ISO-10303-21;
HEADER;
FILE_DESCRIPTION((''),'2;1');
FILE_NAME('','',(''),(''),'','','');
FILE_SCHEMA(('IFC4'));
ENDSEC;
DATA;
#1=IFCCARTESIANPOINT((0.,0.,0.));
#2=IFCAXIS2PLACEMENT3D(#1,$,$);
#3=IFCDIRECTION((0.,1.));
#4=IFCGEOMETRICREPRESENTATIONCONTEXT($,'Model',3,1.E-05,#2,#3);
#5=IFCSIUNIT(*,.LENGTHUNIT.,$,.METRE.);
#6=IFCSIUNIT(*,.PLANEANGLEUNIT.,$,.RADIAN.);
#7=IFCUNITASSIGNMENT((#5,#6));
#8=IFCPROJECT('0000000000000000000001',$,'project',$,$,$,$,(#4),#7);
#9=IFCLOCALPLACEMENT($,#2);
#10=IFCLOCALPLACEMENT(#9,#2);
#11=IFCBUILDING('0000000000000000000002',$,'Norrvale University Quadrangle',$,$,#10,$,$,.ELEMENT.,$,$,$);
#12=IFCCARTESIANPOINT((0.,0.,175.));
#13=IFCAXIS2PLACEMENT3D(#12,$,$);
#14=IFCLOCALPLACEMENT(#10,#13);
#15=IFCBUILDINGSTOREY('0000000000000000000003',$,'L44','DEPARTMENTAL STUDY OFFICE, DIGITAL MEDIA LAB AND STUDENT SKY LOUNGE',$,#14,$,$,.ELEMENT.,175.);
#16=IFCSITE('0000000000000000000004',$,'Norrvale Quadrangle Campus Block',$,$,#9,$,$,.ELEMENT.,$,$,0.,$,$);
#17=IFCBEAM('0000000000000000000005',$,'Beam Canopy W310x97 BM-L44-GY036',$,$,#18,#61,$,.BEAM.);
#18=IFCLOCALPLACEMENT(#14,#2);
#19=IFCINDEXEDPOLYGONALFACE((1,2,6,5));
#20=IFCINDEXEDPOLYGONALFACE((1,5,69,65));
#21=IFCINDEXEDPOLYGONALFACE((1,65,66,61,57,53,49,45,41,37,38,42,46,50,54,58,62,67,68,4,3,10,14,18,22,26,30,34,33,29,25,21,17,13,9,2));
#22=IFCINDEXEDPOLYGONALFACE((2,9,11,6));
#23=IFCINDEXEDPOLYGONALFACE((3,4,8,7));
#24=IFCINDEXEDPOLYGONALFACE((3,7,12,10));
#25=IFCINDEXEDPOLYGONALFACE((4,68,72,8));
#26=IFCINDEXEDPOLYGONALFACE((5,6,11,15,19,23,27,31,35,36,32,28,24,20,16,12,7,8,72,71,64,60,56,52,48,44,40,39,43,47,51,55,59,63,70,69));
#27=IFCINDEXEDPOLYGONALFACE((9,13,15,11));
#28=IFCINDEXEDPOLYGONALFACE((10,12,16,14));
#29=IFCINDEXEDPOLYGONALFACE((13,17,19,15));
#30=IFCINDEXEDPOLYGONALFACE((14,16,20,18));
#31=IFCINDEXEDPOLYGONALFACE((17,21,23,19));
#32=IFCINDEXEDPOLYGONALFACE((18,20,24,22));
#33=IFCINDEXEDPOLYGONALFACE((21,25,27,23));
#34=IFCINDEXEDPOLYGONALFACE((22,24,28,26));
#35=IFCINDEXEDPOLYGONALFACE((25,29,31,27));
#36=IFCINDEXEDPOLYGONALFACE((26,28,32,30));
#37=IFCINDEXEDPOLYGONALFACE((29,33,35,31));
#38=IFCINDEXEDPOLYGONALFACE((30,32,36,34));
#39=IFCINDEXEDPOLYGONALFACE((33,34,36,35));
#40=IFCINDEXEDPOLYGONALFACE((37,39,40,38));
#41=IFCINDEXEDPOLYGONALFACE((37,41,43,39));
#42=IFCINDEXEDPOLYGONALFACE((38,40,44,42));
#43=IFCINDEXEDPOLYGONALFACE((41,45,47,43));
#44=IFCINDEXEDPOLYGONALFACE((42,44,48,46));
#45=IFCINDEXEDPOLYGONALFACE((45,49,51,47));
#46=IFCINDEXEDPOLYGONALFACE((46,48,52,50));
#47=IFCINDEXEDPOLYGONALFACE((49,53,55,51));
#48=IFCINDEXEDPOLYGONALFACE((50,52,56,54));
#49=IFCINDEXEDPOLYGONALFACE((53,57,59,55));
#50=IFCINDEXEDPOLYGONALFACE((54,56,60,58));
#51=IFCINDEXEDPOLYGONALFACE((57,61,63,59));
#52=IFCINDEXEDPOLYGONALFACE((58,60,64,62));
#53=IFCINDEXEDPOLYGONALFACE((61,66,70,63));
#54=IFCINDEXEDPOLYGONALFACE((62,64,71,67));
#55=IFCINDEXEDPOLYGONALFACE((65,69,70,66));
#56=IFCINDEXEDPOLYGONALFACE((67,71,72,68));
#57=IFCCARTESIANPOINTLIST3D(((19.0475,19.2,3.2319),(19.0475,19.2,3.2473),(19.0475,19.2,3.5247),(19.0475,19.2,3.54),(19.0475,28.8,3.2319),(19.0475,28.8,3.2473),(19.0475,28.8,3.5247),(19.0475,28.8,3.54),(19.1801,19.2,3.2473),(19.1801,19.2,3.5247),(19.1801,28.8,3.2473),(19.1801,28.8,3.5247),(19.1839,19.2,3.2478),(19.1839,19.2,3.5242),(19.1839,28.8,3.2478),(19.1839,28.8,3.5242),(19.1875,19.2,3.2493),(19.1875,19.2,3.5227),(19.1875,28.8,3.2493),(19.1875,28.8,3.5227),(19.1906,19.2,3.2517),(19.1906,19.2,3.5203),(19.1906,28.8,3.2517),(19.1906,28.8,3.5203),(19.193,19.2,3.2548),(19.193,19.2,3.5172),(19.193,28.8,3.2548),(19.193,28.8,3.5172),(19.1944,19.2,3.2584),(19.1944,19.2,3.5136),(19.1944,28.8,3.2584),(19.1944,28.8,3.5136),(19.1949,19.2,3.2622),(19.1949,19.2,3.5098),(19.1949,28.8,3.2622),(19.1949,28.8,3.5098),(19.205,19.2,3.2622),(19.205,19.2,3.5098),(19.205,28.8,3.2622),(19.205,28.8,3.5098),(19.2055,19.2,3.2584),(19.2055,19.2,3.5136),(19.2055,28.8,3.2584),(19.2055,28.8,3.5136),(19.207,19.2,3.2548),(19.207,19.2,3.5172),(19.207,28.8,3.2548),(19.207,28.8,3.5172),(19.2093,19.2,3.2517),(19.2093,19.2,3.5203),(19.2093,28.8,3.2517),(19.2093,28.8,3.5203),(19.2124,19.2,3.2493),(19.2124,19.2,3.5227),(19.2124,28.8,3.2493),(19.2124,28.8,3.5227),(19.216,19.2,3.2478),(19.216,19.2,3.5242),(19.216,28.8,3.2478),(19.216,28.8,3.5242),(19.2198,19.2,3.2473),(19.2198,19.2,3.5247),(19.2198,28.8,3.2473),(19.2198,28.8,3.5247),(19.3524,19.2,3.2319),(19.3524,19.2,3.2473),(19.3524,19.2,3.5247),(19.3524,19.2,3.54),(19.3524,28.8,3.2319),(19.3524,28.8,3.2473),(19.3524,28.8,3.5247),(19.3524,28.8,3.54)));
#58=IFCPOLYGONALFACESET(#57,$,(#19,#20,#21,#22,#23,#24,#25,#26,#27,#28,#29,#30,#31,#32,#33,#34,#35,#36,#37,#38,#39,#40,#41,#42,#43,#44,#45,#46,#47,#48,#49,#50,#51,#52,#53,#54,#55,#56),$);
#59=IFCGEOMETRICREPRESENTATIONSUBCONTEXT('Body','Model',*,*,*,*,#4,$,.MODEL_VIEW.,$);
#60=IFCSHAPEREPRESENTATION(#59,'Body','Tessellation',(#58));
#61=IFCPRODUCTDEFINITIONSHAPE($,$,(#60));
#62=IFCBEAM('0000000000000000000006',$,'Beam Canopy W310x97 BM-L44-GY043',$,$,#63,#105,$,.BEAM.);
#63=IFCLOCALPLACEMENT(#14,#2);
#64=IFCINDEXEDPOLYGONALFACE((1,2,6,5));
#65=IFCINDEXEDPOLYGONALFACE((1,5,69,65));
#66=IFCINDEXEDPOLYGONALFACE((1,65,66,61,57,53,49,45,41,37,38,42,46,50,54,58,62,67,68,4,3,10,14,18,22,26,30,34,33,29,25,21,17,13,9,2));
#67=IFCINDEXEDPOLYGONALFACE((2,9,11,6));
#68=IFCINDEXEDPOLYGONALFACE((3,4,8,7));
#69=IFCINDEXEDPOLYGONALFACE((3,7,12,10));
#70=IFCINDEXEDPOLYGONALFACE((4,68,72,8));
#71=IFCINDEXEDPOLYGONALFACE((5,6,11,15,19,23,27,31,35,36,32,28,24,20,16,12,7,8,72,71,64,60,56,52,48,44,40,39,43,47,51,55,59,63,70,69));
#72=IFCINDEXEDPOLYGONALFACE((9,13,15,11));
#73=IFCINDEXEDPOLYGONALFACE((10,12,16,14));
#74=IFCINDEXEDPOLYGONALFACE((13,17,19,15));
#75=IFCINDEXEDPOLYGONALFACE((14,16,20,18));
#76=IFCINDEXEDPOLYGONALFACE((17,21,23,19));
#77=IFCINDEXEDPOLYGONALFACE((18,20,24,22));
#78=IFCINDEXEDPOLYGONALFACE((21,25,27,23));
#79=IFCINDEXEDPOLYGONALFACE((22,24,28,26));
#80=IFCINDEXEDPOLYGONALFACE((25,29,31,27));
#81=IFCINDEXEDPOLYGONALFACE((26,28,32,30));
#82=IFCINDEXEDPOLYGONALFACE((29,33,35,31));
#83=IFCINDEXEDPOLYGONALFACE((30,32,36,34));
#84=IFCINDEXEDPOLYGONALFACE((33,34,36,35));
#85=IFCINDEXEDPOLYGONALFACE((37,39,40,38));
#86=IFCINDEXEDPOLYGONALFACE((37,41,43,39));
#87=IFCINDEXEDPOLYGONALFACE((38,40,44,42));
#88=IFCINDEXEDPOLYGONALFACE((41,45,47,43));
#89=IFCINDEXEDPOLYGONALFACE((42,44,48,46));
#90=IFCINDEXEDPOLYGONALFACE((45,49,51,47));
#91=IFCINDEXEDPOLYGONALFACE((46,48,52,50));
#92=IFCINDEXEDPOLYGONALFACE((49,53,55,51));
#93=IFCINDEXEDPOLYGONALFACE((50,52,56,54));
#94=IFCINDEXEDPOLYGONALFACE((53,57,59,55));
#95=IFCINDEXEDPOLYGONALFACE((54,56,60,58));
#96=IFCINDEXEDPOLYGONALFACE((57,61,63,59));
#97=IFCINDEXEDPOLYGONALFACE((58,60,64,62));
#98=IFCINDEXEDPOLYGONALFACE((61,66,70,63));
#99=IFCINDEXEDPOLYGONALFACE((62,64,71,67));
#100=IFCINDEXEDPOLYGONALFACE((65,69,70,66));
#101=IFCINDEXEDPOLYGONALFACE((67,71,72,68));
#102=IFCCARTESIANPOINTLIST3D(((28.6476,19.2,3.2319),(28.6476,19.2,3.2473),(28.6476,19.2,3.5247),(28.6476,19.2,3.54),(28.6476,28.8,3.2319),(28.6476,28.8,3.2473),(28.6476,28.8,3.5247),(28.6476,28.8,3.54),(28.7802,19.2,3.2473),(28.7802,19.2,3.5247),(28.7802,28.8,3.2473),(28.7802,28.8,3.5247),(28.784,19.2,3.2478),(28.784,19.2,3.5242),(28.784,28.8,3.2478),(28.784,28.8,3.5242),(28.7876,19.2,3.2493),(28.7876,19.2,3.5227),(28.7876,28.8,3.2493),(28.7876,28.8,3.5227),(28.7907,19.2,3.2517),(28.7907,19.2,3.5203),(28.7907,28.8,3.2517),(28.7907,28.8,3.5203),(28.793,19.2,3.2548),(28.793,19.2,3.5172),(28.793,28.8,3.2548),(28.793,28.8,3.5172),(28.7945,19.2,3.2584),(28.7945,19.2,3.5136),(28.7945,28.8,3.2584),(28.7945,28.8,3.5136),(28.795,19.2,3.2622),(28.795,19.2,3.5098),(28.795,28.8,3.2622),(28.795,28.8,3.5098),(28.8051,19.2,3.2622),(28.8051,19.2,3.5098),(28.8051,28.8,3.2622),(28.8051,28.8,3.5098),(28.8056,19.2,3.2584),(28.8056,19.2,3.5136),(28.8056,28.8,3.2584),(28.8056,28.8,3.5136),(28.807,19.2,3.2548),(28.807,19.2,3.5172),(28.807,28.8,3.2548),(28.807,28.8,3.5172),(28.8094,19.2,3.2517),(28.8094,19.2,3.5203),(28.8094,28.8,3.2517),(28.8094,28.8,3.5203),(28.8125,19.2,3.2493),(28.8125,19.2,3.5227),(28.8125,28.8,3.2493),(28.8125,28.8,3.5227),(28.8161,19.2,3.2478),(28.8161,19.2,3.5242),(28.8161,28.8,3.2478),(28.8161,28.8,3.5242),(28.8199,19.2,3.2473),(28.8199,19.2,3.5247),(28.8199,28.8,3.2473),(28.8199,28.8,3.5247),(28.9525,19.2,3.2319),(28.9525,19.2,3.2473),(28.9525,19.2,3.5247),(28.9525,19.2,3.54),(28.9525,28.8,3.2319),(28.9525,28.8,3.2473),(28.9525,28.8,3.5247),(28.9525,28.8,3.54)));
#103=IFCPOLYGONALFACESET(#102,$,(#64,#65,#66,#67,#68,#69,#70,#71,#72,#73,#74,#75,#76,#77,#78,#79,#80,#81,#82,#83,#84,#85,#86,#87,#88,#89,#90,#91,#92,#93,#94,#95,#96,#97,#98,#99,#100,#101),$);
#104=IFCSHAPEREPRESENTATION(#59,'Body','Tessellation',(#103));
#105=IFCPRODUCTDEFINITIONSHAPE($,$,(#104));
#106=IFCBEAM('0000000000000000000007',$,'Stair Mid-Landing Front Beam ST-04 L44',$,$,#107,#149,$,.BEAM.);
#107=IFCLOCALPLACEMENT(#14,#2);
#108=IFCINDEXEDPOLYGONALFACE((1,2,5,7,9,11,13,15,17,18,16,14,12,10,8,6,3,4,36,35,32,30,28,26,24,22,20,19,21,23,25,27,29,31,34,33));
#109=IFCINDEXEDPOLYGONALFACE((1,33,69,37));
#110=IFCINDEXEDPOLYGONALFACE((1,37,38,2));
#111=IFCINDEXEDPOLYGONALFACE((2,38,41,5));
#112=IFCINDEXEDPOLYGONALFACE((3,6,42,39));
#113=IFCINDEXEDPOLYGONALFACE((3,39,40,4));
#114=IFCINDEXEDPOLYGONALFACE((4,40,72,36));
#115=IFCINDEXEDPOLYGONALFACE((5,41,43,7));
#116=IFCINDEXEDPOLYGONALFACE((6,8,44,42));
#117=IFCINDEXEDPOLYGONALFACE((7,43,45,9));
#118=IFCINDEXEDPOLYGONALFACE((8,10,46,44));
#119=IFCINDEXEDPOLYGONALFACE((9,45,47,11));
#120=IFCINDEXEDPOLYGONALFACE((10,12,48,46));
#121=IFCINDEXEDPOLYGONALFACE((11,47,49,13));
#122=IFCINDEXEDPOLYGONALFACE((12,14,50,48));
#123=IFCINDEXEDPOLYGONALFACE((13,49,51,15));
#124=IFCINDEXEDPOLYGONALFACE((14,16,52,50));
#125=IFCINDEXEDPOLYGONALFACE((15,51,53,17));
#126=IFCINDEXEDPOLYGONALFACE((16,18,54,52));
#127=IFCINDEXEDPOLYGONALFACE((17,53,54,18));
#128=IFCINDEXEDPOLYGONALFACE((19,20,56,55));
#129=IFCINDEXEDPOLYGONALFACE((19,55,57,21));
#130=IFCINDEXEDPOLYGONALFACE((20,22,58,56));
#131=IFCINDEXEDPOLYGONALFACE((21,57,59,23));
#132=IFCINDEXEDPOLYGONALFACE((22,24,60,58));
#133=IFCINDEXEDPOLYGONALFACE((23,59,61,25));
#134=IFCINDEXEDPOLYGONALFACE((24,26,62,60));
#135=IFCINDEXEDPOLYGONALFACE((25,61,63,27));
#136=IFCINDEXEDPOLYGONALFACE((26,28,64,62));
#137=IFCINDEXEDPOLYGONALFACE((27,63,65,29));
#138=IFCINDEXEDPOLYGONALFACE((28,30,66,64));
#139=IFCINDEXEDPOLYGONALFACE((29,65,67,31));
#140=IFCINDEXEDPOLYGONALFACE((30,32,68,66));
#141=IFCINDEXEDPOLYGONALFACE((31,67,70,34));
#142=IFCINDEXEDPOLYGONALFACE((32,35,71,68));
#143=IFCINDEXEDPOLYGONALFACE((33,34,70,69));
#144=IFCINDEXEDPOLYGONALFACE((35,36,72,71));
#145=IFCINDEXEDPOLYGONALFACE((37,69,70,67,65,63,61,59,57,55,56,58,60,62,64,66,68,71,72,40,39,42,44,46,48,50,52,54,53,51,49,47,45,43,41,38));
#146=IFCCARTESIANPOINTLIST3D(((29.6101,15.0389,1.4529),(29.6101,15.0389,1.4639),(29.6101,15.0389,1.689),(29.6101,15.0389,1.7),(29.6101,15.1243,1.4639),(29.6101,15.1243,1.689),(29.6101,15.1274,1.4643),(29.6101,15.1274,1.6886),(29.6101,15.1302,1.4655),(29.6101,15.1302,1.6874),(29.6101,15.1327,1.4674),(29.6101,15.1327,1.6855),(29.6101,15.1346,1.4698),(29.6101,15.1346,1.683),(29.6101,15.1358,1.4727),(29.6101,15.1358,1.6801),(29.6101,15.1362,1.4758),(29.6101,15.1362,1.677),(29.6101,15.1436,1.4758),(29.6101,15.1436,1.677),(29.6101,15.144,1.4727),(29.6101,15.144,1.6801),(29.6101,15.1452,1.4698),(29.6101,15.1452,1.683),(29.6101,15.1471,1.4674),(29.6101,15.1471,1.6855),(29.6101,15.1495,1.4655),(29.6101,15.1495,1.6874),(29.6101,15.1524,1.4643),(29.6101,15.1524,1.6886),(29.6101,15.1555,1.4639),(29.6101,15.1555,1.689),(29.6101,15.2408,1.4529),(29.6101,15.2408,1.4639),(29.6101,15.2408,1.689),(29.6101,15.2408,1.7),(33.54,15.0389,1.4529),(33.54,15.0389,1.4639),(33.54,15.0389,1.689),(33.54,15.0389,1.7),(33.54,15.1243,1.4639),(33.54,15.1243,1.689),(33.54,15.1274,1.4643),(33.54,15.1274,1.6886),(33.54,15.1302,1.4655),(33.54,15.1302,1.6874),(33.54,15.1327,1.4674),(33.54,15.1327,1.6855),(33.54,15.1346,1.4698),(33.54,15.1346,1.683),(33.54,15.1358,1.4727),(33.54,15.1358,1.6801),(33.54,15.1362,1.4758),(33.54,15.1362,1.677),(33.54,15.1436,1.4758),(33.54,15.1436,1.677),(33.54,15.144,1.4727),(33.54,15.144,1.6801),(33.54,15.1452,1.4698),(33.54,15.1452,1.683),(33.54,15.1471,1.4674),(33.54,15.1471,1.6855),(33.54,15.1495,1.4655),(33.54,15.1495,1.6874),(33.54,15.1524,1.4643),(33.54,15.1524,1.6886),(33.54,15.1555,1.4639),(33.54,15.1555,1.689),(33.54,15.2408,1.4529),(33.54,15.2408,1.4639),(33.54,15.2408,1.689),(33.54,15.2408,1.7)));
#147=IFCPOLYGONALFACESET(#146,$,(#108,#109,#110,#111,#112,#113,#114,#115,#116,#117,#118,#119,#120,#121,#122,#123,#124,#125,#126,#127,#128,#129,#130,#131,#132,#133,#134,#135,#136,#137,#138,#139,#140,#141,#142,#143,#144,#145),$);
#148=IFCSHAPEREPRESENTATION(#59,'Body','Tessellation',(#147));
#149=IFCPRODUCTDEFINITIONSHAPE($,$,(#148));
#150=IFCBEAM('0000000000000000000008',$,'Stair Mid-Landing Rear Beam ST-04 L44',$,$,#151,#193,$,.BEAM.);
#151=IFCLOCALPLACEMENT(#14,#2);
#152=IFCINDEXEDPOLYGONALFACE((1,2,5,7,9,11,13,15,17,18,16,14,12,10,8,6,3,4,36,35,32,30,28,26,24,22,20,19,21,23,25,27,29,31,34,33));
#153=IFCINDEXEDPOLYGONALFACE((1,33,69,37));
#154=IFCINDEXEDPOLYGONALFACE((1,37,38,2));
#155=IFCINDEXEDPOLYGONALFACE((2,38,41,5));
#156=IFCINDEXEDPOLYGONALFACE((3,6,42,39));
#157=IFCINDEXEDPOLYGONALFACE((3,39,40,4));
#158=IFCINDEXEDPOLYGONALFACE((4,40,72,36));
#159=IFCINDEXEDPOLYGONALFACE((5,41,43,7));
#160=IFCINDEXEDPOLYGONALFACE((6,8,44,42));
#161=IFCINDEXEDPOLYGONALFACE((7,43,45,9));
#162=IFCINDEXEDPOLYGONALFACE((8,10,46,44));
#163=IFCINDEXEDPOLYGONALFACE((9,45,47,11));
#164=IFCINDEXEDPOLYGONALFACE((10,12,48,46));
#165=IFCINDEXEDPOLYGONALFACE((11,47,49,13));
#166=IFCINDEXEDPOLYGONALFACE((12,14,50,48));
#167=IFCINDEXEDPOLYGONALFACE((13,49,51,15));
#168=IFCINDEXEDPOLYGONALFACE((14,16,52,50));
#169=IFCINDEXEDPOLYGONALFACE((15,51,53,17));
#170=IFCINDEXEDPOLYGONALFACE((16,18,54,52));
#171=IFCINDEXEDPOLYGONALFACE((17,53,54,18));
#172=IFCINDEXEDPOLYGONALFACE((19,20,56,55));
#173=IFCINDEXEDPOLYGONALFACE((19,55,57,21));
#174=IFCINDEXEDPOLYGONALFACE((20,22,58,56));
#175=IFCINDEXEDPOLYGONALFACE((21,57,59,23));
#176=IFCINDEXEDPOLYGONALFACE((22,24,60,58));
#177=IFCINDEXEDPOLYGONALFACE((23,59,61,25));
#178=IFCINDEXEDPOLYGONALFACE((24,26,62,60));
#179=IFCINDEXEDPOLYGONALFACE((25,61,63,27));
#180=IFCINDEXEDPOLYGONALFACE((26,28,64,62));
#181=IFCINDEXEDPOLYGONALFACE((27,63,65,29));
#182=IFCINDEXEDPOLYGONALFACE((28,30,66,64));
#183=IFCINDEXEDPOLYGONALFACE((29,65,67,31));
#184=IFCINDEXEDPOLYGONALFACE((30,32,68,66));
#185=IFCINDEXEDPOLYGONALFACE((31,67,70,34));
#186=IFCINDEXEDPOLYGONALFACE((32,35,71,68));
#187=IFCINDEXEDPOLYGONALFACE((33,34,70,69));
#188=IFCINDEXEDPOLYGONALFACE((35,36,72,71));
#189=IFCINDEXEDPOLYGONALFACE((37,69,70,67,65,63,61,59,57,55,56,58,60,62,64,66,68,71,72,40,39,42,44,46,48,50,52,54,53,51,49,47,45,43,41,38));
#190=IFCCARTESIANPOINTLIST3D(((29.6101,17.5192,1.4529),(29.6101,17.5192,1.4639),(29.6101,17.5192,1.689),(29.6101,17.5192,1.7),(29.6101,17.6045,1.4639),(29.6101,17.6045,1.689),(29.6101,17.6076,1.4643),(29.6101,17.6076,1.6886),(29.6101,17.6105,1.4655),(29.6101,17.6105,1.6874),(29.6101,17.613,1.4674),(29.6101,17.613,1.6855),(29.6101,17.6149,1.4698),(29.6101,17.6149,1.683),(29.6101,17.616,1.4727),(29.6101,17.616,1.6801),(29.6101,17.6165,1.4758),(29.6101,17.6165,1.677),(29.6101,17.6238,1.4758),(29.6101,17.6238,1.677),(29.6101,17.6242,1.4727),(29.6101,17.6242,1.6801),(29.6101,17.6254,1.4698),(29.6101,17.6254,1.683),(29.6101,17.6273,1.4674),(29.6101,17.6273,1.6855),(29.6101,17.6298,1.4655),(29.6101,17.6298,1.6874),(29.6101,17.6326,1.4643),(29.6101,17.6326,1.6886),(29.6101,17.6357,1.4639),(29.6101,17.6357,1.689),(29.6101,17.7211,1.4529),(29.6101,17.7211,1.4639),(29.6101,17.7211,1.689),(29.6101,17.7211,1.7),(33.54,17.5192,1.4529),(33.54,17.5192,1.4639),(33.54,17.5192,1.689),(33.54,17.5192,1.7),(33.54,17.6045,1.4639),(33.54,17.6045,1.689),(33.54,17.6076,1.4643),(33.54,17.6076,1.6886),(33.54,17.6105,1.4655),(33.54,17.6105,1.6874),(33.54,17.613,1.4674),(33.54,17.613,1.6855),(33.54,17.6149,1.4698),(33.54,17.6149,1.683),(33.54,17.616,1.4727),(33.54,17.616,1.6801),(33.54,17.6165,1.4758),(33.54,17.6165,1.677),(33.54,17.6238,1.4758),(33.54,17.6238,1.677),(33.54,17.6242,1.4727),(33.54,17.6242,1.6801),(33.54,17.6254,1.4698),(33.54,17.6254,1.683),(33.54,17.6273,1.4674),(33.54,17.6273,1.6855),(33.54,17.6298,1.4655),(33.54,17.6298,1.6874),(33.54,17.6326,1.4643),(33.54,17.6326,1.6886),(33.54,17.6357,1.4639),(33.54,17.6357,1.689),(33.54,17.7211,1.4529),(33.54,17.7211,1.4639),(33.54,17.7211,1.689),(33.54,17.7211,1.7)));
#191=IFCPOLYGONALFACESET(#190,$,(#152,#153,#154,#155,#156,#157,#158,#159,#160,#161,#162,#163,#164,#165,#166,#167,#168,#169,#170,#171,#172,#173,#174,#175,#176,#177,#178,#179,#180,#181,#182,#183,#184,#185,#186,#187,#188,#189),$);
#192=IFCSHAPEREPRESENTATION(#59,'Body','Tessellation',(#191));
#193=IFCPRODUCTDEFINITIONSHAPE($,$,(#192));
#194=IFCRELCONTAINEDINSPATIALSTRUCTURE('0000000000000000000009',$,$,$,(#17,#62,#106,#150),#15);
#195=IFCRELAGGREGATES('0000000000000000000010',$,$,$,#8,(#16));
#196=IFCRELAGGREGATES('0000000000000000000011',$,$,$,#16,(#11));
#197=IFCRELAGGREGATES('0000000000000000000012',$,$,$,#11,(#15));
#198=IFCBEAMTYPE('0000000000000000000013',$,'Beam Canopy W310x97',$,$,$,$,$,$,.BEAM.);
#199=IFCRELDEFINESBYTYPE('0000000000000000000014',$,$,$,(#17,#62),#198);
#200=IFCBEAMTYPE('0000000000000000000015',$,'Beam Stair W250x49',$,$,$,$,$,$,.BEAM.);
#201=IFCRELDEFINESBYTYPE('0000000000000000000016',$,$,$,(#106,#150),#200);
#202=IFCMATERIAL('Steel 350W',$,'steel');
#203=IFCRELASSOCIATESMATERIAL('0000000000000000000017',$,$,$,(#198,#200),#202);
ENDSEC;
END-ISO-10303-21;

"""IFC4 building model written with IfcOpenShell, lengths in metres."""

from ifc_helpers import new_model, si_unit, direction, frame, origin, origin_2d, place, context, subcontext, project, spatial, i_section, extrude, material, material_profile, profile_set, type_object, element, save


model = new_model("IFC4")

# Units and contexts
model_context = context("Model", 3, precision=1e-05, world=origin(), true_north=direction((0.0, 1.0)))
body_context = subcontext(model_context, "Body", "Model", "MODEL_VIEW")
ifc_project = project(units=[si_unit("LENGTHUNIT", "METRE"), si_unit("PLANEANGLEUNIT", "RADIAN")], contexts=[model_context])

# Site, building, storey
site_placement = place(None, origin())
site = spatial("IfcSite", under=ifc_project, at=site_placement, Name="Norrvale Quadrangle Campus Block", CompositionType="ELEMENT", RefElevation=0.0)
building_placement = place(site_placement, origin())
building = spatial("IfcBuilding", under=site, at=building_placement, Name="Norrvale University Quadrangle", CompositionType="ELEMENT")
storey_placement = place(building_placement, frame((0.0, 0.0, 175.0)))
storey = spatial("IfcBuildingStorey", under=building, at=storey_placement, Name="L44", Description="DEPARTMENTAL STUDY OFFICE, DIGITAL MEDIA LAB AND STUDENT SKY LOUNGE", CompositionType="ELEMENT", Elevation=175.0)

# Beams
ifc_material_1 = material(Name="Steel 350W", Category="steel")
ifc_material_profile_1 = material_profile(ifc_material_1, i_section(OverallWidth=0.3049, OverallDepth=0.3081, WebThickness=0.01, FlangeThickness=0.0154, FilletRadius=0.0149, at=origin_2d()), Name="Steel 350W")
ifc_profile_set_1 = profile_set([ifc_material_profile_1], Name="Steel 350W")
beam_type_1 = type_object("IfcBeamType", Name="Beam Canopy W310x97", PredefinedType="BEAM", material=ifc_profile_set_1)
for number, where, z_axis, x_axis, name in (
    (1, (19.2, 19.2, 3.386), (0.0, 1.0, 0.0), (-1.0, 0.0, 0.0), "Beam Canopy W310x97 BM-L44-GY036"),
    (2, (28.8, 19.2, 3.386), (0.0, 1.0, 0.0), (-1.0, 0.0, 0.0), "Beam Canopy W310x97 BM-L44-GY043"),
):
    element("IfcBeam", number, at=place(storey_placement, frame(where, z_axis=z_axis, x_axis=x_axis)), inside=storey, type_object=beam_type_1, Name=name, PredefinedType="BEAM", context=body_context, shape_type="SweptSolid", body=[
        extrude(i_section(OverallWidth=0.3049, OverallDepth=0.3081, WebThickness=0.01, FlangeThickness=0.0154, FilletRadius=0.0149, at=origin_2d()), origin(), (0.0, 0.0, 1.0), 9.6001),
    ])
ifc_material_profile_2 = material_profile(ifc_material_1, i_section(OverallWidth=0.2019, OverallDepth=0.2471, WebThickness=0.0073, FlangeThickness=0.011, FilletRadius=0.012, at=origin_2d()), Name="Steel 350W")
ifc_profile_set_2 = profile_set([ifc_material_profile_2], Name="Steel 350W")
beam_type_2 = type_object("IfcBeamType", Name="Beam Stair W250x49", PredefinedType="BEAM", material=ifc_profile_set_2)
for number, where, z_axis, x_axis, name in (
    (3, (29.6101, 15.1399, 1.5764), (1.0, 0.0, 0.0), (0.0, 1.0, 0.0), "Stair Mid-Landing Front Beam ST-04 L44"),
    (4, (29.6101, 17.6201, 1.5764), (1.0, 0.0, 0.0), (0.0, 1.0, 0.0), "Stair Mid-Landing Rear Beam ST-04 L44"),
):
    element("IfcBeam", number, at=place(storey_placement, frame(where, z_axis=z_axis, x_axis=x_axis)), inside=storey, type_object=beam_type_2, Name=name, PredefinedType="BEAM", context=body_context, shape_type="SweptSolid", body=[
        extrude(i_section(OverallWidth=0.2019, OverallDepth=0.2471, WebThickness=0.0073, FlangeThickness=0.011, FilletRadius=0.012, at=origin_2d()), origin(), (0.0, 0.0, 1.0), 3.9299),
    ])

save(model, "model.ifc")
